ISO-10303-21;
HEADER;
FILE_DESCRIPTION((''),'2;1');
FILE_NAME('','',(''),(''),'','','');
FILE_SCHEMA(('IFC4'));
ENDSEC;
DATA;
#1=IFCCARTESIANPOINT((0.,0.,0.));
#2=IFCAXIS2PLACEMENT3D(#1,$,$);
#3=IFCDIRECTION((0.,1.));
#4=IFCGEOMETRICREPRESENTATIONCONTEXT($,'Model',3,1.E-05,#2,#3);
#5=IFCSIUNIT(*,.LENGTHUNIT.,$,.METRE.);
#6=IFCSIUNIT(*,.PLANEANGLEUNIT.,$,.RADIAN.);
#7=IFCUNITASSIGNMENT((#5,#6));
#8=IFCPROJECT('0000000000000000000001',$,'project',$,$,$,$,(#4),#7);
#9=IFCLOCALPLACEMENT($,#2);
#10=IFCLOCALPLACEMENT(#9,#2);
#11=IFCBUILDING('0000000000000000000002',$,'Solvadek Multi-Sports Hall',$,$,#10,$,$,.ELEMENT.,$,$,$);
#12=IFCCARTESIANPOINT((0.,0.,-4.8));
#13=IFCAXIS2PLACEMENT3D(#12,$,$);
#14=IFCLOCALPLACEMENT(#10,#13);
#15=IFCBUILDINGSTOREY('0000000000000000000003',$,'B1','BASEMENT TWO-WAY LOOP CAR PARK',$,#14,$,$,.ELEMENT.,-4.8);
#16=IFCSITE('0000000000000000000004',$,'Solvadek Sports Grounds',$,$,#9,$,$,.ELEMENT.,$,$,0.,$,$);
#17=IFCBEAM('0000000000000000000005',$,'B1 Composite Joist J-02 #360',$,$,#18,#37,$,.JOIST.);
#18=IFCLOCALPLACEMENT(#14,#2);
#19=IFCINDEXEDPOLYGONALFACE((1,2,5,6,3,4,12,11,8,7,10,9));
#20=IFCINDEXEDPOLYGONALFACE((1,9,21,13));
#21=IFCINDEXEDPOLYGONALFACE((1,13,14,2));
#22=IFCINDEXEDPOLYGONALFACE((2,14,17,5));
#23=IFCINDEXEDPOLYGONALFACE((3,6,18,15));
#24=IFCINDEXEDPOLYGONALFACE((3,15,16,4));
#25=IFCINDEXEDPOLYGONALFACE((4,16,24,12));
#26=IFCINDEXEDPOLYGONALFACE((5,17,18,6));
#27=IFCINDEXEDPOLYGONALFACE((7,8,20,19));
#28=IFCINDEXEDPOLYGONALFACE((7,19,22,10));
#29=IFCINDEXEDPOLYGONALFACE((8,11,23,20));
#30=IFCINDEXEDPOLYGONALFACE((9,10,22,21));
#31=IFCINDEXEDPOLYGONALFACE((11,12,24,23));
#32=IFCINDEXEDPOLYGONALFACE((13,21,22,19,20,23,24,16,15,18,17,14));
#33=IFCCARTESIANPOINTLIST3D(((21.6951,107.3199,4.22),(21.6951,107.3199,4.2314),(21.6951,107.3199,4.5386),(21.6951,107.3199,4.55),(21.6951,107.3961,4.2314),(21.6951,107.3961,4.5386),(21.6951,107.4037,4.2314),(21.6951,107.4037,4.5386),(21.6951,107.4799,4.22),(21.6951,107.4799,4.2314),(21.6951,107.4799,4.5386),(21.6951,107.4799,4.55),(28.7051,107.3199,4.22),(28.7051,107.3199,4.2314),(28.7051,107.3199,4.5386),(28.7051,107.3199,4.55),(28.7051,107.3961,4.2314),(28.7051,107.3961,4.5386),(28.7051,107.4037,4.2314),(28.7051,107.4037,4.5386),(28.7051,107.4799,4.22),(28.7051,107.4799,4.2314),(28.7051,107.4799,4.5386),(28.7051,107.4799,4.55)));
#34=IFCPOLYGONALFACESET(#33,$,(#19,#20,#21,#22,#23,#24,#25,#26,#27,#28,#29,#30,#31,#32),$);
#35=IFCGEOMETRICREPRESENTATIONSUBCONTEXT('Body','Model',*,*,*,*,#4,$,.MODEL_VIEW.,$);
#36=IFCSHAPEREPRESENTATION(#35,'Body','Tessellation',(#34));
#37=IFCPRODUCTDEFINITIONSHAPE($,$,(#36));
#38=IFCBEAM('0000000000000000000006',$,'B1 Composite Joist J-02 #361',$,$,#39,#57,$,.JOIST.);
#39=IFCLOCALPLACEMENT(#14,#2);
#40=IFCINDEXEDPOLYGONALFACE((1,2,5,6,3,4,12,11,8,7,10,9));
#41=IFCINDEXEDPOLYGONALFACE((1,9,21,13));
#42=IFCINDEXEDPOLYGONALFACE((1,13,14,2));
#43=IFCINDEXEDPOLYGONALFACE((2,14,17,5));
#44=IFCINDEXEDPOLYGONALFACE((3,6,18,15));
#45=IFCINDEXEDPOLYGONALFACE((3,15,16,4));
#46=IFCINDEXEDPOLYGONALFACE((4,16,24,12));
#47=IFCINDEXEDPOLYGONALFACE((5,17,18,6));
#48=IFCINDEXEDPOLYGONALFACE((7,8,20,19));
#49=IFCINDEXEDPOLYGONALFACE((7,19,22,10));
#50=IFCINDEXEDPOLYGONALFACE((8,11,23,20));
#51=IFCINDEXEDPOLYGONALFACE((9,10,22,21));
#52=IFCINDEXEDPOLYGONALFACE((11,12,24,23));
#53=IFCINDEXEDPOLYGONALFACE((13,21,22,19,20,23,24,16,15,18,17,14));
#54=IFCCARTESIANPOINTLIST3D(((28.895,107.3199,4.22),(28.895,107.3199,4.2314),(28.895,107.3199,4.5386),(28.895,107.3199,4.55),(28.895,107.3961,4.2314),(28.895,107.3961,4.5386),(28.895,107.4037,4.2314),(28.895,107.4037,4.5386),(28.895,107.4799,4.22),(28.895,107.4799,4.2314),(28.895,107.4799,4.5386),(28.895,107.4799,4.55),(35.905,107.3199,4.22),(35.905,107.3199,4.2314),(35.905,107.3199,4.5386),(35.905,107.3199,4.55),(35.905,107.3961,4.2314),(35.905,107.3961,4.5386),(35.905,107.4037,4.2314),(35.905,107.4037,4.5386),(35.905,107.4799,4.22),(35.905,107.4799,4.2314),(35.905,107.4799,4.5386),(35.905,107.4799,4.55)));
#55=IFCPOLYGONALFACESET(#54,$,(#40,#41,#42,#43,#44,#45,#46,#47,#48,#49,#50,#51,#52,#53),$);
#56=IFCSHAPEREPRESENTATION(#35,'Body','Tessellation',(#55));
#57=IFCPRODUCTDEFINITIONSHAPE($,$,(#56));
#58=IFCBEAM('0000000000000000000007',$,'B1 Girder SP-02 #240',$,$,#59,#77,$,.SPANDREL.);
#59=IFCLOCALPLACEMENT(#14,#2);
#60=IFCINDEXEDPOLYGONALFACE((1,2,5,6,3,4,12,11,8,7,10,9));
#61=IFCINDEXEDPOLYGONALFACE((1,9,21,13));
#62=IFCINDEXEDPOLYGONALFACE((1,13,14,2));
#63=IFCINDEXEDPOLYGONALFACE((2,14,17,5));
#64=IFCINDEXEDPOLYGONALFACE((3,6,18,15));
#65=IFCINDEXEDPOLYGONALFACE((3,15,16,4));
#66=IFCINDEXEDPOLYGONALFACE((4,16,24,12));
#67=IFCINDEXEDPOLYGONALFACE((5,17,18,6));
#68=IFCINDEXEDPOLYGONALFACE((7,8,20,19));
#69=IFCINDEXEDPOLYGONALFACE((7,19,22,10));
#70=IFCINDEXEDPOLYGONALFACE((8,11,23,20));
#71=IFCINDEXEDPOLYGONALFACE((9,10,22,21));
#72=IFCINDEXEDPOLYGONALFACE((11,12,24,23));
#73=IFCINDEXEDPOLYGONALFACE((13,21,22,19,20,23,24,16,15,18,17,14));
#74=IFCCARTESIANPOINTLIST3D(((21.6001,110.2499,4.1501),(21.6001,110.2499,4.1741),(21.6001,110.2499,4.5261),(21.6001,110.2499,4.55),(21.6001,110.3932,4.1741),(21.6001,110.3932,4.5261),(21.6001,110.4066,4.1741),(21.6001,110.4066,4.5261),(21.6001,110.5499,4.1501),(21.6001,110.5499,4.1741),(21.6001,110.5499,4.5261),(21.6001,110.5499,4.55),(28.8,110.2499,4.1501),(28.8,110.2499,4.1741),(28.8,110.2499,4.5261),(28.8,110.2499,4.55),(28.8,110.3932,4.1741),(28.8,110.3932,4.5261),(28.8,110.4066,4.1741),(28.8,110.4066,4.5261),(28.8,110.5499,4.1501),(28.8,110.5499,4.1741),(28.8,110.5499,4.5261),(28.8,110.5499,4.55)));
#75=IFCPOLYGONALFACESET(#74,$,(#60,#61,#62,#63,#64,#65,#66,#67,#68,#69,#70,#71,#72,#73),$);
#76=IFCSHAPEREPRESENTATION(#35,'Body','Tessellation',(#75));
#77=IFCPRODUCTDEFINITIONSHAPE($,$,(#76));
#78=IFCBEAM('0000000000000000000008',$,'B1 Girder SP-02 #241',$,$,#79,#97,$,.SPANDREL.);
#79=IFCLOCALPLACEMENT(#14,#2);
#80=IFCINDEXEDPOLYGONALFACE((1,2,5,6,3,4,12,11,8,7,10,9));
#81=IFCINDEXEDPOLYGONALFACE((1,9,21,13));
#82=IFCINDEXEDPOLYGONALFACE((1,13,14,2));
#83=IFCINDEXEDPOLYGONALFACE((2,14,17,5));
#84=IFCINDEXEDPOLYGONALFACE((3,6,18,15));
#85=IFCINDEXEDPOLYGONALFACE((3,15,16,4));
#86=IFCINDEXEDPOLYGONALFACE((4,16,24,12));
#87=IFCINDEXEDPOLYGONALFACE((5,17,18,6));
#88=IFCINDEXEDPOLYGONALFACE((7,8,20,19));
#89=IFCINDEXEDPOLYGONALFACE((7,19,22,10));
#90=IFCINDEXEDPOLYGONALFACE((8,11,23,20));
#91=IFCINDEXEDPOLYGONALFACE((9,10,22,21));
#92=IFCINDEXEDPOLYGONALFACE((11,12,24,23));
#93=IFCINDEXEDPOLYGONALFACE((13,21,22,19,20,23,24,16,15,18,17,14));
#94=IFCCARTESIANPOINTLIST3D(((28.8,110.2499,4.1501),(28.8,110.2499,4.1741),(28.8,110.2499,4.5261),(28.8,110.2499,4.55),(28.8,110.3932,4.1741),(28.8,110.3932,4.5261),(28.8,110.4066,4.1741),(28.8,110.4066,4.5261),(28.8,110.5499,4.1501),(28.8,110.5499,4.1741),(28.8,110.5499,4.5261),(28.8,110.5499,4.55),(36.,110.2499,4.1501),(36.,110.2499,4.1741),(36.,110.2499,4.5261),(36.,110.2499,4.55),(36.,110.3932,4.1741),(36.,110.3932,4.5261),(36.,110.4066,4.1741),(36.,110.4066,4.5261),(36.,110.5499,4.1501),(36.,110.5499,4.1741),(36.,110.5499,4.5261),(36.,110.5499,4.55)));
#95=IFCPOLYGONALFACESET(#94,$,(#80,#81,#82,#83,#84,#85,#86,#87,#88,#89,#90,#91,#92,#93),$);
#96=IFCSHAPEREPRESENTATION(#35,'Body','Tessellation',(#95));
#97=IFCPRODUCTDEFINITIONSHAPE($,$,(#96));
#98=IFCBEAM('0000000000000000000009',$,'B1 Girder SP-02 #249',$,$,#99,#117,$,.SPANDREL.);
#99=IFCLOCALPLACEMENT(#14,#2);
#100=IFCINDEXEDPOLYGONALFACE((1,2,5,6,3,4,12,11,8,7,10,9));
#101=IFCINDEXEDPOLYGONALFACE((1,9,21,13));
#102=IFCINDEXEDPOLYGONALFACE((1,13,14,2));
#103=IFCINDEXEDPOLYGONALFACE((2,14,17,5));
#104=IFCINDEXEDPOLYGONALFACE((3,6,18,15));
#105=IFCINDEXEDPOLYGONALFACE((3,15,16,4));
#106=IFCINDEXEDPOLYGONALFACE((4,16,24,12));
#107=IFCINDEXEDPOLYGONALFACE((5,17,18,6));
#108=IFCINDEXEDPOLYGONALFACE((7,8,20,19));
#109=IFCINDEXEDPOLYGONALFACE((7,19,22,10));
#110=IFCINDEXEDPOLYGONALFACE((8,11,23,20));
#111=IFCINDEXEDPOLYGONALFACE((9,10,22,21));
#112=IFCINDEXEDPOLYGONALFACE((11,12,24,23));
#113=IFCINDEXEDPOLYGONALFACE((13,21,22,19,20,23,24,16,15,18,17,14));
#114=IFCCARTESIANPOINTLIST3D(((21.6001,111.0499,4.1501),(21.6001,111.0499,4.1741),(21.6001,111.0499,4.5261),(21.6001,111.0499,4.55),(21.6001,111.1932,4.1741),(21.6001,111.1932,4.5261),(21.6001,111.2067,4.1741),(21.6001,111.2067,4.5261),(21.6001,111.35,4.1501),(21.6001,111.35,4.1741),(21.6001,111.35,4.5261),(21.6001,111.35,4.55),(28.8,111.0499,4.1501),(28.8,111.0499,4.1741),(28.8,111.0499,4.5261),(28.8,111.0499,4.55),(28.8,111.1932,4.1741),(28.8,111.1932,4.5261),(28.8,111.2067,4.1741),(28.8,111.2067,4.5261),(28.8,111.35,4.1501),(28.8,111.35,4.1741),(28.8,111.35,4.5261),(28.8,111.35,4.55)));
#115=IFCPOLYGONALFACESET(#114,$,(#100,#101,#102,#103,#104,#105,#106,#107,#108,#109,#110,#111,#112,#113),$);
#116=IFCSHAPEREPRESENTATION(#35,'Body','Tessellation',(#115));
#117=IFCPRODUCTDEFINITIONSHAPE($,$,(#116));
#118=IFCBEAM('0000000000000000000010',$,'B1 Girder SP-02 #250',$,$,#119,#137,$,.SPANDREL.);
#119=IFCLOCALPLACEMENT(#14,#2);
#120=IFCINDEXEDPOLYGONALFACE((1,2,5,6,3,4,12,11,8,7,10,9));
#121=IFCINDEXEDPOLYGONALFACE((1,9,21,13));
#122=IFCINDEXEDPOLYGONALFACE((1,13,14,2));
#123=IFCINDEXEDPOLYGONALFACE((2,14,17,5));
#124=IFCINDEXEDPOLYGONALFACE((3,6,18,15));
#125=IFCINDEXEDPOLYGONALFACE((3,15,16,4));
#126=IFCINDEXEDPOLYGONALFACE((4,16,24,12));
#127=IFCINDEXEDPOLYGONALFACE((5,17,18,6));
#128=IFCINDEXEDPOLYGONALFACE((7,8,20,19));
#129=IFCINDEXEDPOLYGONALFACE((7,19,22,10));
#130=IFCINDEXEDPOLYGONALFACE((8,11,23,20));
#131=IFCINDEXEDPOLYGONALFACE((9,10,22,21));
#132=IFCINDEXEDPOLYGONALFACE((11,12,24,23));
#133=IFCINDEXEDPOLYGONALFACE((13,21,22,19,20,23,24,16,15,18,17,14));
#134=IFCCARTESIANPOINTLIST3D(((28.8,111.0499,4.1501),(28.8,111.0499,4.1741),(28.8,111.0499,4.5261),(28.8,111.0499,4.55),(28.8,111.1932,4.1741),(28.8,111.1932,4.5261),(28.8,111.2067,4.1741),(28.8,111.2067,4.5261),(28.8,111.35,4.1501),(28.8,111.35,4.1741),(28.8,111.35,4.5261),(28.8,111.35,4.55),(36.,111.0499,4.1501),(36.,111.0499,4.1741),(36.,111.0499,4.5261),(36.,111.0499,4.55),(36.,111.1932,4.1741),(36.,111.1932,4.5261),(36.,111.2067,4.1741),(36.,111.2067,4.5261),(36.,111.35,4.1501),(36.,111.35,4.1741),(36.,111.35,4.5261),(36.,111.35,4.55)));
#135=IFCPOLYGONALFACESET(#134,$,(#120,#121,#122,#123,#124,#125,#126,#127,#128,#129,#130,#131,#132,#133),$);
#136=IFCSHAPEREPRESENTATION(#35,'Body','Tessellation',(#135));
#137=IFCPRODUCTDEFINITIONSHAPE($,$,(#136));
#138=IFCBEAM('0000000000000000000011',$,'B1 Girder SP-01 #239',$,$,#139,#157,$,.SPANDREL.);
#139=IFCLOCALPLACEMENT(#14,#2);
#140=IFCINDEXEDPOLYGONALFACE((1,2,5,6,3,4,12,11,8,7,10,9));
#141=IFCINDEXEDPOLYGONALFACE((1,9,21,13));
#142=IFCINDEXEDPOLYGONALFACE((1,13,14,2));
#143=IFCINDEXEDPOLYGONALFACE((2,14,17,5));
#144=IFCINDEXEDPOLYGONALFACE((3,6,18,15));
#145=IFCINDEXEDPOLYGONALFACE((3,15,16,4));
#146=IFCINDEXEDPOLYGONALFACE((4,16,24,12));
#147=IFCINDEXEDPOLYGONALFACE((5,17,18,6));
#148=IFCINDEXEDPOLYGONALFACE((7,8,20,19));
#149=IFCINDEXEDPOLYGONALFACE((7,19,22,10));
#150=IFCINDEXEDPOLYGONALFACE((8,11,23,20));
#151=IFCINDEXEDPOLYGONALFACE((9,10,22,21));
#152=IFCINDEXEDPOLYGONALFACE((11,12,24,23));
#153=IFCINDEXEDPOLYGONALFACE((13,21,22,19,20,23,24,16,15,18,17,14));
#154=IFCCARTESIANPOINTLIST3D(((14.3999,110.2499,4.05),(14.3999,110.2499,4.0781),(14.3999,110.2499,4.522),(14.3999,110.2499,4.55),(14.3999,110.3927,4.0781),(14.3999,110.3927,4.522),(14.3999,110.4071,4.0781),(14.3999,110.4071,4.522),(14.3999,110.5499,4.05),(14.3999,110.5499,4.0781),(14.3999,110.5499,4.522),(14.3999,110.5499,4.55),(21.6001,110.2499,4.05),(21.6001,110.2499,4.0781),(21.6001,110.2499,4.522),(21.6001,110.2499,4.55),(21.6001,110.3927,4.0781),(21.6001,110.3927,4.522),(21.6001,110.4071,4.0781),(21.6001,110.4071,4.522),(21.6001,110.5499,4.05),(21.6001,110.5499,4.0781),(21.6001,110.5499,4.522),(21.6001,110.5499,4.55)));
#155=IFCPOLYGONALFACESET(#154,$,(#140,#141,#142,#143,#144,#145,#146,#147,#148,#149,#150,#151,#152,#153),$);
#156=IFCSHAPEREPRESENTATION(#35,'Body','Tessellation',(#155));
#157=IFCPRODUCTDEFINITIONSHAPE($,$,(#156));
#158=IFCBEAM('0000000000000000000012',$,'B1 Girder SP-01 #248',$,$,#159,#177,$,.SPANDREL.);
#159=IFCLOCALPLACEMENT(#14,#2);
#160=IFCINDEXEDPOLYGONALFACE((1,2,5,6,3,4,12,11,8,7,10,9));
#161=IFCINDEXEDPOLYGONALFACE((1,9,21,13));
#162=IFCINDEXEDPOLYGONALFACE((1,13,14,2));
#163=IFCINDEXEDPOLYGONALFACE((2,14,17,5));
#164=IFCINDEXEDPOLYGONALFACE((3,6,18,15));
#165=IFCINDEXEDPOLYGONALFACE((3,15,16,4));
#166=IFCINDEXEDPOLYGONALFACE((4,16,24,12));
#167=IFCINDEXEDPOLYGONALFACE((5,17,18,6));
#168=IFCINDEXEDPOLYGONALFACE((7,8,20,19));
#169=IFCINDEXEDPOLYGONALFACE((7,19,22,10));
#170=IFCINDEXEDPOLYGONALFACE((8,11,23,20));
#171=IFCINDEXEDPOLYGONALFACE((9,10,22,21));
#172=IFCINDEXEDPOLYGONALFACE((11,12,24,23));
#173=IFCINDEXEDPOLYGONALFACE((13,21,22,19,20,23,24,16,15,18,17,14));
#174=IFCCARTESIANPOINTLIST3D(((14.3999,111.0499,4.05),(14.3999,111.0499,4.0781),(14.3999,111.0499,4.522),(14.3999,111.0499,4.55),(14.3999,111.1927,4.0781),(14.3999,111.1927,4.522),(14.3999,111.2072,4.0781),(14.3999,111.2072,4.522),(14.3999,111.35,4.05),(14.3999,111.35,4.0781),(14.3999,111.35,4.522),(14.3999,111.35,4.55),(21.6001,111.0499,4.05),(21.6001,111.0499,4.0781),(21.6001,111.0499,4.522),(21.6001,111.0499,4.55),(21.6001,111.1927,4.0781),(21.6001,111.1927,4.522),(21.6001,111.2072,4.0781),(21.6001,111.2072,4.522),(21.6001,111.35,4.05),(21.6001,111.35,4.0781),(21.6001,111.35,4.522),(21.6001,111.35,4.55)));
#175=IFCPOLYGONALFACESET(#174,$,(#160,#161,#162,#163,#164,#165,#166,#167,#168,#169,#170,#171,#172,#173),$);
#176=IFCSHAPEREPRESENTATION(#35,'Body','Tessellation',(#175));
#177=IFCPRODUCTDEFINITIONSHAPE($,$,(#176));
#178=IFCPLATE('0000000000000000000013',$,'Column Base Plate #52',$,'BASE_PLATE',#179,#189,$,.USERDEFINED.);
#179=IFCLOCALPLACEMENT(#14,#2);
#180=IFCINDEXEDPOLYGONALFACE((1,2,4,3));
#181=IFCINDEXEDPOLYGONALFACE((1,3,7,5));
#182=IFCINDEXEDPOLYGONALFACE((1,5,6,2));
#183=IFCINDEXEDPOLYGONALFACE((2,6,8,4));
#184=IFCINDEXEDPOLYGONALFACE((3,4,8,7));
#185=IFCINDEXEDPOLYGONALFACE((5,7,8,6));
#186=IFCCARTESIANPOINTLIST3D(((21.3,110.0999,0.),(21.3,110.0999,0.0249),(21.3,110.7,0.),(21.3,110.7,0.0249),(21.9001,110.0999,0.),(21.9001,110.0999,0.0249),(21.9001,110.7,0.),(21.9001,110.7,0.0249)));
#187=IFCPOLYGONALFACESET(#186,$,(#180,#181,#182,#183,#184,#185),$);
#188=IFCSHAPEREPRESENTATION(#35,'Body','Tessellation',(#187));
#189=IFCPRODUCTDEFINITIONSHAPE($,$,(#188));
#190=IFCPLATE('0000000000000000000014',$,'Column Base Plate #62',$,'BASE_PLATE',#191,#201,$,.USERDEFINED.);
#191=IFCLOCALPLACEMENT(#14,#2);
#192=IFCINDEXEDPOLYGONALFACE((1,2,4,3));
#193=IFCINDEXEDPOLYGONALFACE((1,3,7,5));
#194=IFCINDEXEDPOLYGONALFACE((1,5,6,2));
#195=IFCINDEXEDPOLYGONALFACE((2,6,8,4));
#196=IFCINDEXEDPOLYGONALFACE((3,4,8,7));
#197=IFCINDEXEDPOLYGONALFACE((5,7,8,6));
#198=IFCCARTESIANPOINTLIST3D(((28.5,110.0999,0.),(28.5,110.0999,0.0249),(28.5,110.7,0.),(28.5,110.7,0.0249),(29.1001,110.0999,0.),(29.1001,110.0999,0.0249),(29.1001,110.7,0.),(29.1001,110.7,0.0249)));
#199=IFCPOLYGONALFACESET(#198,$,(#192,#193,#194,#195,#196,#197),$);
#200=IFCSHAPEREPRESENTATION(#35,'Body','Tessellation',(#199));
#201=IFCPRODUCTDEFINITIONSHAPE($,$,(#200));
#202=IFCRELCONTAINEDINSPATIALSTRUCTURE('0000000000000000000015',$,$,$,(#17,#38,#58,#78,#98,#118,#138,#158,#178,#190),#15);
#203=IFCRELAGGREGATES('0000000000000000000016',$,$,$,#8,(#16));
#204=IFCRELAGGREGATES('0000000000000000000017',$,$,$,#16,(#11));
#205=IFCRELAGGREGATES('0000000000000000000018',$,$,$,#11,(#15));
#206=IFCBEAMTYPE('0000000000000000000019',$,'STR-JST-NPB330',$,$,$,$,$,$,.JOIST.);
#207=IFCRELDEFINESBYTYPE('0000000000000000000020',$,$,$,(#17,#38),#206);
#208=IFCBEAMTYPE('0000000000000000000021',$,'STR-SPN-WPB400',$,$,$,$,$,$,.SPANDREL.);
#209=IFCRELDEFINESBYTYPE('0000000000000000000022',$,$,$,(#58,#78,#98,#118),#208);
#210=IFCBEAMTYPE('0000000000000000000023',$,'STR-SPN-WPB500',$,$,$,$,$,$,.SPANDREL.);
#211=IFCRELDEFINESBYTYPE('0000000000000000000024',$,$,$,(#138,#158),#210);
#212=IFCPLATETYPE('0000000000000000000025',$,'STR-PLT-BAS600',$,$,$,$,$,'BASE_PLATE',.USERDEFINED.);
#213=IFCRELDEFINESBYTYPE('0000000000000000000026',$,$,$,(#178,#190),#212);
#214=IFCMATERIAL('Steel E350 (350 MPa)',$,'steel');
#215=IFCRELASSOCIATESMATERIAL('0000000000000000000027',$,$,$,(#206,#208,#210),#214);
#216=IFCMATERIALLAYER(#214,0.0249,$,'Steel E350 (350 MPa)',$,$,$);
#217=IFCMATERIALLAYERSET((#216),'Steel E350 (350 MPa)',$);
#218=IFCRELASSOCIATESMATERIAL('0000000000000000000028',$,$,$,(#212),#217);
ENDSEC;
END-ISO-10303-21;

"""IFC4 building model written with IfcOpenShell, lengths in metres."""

from ifc_helpers import new_model, si_unit, direction, frame, origin, origin_2d, place, context, subcontext, project, spatial, rectangle, i_section, extrude, material, layer, layer_set, material_profile, profile_set, type_object, element, save


model = new_model("IFC4")

# Units and contexts
model_context = context("Model", 3, precision=1e-05, world=origin(), true_north=direction((0.0, 1.0)))
body_context = subcontext(model_context, "Body", "Model", "MODEL_VIEW")
ifc_project = project(units=[si_unit("LENGTHUNIT", "METRE"), si_unit("PLANEANGLEUNIT", "RADIAN")], contexts=[model_context])

# Site, building, storey
site_placement = place(None, origin())
site = spatial("IfcSite", under=ifc_project, at=site_placement, Name="Solvadek Sports Grounds", CompositionType="ELEMENT", RefElevation=0.0)
building_placement = place(site_placement, origin())
building = spatial("IfcBuilding", under=site, at=building_placement, Name="Solvadek Multi-Sports Hall", CompositionType="ELEMENT")
storey_placement = place(building_placement, frame((0.0, 0.0, -4.8)))
storey = spatial("IfcBuildingStorey", under=building, at=storey_placement, Name="B1", Description="BASEMENT TWO-WAY LOOP CAR PARK", CompositionType="ELEMENT", Elevation=-4.8)

# Shared definitions
ifc_material_1 = material(Name="Steel E350 (350 MPa)", Category="steel")

# Beams
ifc_material_profile_1 = material_profile(ifc_material_1, i_section(OverallWidth=0.1599, OverallDepth=0.3301, WebThickness=0.0076, FlangeThickness=0.0115, at=origin_2d()), Name="NPB 330")
ifc_profile_set_1 = profile_set([ifc_material_profile_1], Name="Steel E350 (350 MPa)")
beam_type_1 = type_object("IfcBeamType", Name="STR-JST-NPB330", PredefinedType="JOIST", material=ifc_profile_set_1)
for number, where, z_axis, x_axis, name in (
    (1, (21.6951, 107.3999, 4.385), (1.0, 0.0, 0.0), (0.0, 1.0, 0.0), "B1 Composite Joist J-02 #360"),
    (2, (28.895, 107.3999, 4.385), (1.0, 0.0, 0.0), (0.0, 1.0, 0.0), "B1 Composite Joist J-02 #361"),
):
    element("IfcBeam", number, at=place(storey_placement, frame(where, z_axis=z_axis, x_axis=x_axis)), inside=storey, type_object=beam_type_1, Name=name, PredefinedType="JOIST", context=body_context, shape_type="SweptSolid", body=[
        extrude(i_section(OverallWidth=0.1599, OverallDepth=0.3301, WebThickness=0.0076, FlangeThickness=0.0115, at=origin_2d()), origin(), (0.0, 0.0, 1.0), 7.01),
    ])
ifc_material_profile_2 = material_profile(ifc_material_1, i_section(OverallWidth=0.3, OverallDepth=0.3999, WebThickness=0.0134, FlangeThickness=0.0239, at=origin_2d()), Name="WPB 400")
ifc_profile_set_2 = profile_set([ifc_material_profile_2], Name="Steel E350 (350 MPa)")
beam_type_2 = type_object("IfcBeamType", Name="STR-SPN-WPB400", PredefinedType="SPANDREL", material=ifc_profile_set_2)
for number, where, z_axis, x_axis, name in (
    (3, (21.6001, 110.3999, 4.3501), (1.0, 0.0, 0.0), (0.0, 1.0, 0.0), "B1 Girder SP-02 #240"),
    (4, (28.8, 110.3999, 4.3501), (1.0, 0.0, 0.0), (0.0, 1.0, 0.0), "B1 Girder SP-02 #241"),
    (5, (21.6001, 111.2, 4.3501), (1.0, 0.0, 0.0), (0.0, 1.0, 0.0), "B1 Girder SP-02 #249"),
    (6, (28.8, 111.2, 4.3501), (1.0, 0.0, 0.0), (0.0, 1.0, 0.0), "B1 Girder SP-02 #250"),
):
    element("IfcBeam", number, at=place(storey_placement, frame(where, z_axis=z_axis, x_axis=x_axis)), inside=storey, type_object=beam_type_2, Name=name, PredefinedType="SPANDREL", context=body_context, shape_type="SweptSolid", body=[
        extrude(i_section(OverallWidth=0.3, OverallDepth=0.3999, WebThickness=0.0134, FlangeThickness=0.0239, at=origin_2d()), origin(), (0.0, 0.0, 1.0), 7.2),
    ])
ifc_material_profile_3 = material_profile(ifc_material_1, i_section(OverallWidth=0.3, OverallDepth=0.5, WebThickness=0.0144, FlangeThickness=0.0281, at=origin_2d()), Name="WPB 500")
ifc_profile_set_3 = profile_set([ifc_material_profile_3], Name="Steel E350 (350 MPa)")
beam_type_3 = type_object("IfcBeamType", Name="STR-SPN-WPB500", PredefinedType="SPANDREL", material=ifc_profile_set_3)
for number, where, z_axis, x_axis, name in (
    (7, (14.3999, 110.3999, 4.3), (1.0, 0.0, 0.0), (0.0, 1.0, 0.0), "B1 Girder SP-01 #239"),
    (8, (14.3999, 111.2, 4.3), (1.0, 0.0, 0.0), (0.0, 1.0, 0.0), "B1 Girder SP-01 #248"),
):
    element("IfcBeam", number, at=place(storey_placement, frame(where, z_axis=z_axis, x_axis=x_axis)), inside=storey, type_object=beam_type_3, Name=name, PredefinedType="SPANDREL", context=body_context, shape_type="SweptSolid", body=[
        extrude(i_section(OverallWidth=0.3, OverallDepth=0.5, WebThickness=0.0144, FlangeThickness=0.0281, at=origin_2d()), origin(), (0.0, 0.0, 1.0), 7.2002),
    ])

# Plates
ifc_layer = layer(ifc_material_1, 0.0249, Name="Steel E350 (350 MPa)")
ifc_layer_set = layer_set([ifc_layer], Name="Steel E350 (350 MPa)")
plate_type = type_object("IfcPlateType", Name="STR-PLT-BAS600", ElementType="BASE_PLATE", PredefinedType="USERDEFINED", material=ifc_layer_set)
for number, where, z_axis, x_axis, name in (
    (9, (21.6001, 110.3999, 0.0), (0.0, 0.0, 1.0), (1.0, 0.0, 0.0), "Column Base Plate #52"),
    (10, (28.8, 110.3999, 0.0), (0.0, 0.0, 1.0), (1.0, 0.0, 0.0), "Column Base Plate #62"),
):
    element("IfcPlate", number, at=place(storey_placement, frame(where, z_axis=z_axis, x_axis=x_axis)), inside=storey, type_object=plate_type, Name=name, ObjectType="BASE_PLATE", PredefinedType="USERDEFINED", context=body_context, shape_type="SweptSolid", body=[
        extrude(rectangle(XDim=0.6001, YDim=0.6001, at=origin_2d()), origin(), (0.0, 0.0, 1.0), 0.0249),
    ])

save(model, "model.ifc")
